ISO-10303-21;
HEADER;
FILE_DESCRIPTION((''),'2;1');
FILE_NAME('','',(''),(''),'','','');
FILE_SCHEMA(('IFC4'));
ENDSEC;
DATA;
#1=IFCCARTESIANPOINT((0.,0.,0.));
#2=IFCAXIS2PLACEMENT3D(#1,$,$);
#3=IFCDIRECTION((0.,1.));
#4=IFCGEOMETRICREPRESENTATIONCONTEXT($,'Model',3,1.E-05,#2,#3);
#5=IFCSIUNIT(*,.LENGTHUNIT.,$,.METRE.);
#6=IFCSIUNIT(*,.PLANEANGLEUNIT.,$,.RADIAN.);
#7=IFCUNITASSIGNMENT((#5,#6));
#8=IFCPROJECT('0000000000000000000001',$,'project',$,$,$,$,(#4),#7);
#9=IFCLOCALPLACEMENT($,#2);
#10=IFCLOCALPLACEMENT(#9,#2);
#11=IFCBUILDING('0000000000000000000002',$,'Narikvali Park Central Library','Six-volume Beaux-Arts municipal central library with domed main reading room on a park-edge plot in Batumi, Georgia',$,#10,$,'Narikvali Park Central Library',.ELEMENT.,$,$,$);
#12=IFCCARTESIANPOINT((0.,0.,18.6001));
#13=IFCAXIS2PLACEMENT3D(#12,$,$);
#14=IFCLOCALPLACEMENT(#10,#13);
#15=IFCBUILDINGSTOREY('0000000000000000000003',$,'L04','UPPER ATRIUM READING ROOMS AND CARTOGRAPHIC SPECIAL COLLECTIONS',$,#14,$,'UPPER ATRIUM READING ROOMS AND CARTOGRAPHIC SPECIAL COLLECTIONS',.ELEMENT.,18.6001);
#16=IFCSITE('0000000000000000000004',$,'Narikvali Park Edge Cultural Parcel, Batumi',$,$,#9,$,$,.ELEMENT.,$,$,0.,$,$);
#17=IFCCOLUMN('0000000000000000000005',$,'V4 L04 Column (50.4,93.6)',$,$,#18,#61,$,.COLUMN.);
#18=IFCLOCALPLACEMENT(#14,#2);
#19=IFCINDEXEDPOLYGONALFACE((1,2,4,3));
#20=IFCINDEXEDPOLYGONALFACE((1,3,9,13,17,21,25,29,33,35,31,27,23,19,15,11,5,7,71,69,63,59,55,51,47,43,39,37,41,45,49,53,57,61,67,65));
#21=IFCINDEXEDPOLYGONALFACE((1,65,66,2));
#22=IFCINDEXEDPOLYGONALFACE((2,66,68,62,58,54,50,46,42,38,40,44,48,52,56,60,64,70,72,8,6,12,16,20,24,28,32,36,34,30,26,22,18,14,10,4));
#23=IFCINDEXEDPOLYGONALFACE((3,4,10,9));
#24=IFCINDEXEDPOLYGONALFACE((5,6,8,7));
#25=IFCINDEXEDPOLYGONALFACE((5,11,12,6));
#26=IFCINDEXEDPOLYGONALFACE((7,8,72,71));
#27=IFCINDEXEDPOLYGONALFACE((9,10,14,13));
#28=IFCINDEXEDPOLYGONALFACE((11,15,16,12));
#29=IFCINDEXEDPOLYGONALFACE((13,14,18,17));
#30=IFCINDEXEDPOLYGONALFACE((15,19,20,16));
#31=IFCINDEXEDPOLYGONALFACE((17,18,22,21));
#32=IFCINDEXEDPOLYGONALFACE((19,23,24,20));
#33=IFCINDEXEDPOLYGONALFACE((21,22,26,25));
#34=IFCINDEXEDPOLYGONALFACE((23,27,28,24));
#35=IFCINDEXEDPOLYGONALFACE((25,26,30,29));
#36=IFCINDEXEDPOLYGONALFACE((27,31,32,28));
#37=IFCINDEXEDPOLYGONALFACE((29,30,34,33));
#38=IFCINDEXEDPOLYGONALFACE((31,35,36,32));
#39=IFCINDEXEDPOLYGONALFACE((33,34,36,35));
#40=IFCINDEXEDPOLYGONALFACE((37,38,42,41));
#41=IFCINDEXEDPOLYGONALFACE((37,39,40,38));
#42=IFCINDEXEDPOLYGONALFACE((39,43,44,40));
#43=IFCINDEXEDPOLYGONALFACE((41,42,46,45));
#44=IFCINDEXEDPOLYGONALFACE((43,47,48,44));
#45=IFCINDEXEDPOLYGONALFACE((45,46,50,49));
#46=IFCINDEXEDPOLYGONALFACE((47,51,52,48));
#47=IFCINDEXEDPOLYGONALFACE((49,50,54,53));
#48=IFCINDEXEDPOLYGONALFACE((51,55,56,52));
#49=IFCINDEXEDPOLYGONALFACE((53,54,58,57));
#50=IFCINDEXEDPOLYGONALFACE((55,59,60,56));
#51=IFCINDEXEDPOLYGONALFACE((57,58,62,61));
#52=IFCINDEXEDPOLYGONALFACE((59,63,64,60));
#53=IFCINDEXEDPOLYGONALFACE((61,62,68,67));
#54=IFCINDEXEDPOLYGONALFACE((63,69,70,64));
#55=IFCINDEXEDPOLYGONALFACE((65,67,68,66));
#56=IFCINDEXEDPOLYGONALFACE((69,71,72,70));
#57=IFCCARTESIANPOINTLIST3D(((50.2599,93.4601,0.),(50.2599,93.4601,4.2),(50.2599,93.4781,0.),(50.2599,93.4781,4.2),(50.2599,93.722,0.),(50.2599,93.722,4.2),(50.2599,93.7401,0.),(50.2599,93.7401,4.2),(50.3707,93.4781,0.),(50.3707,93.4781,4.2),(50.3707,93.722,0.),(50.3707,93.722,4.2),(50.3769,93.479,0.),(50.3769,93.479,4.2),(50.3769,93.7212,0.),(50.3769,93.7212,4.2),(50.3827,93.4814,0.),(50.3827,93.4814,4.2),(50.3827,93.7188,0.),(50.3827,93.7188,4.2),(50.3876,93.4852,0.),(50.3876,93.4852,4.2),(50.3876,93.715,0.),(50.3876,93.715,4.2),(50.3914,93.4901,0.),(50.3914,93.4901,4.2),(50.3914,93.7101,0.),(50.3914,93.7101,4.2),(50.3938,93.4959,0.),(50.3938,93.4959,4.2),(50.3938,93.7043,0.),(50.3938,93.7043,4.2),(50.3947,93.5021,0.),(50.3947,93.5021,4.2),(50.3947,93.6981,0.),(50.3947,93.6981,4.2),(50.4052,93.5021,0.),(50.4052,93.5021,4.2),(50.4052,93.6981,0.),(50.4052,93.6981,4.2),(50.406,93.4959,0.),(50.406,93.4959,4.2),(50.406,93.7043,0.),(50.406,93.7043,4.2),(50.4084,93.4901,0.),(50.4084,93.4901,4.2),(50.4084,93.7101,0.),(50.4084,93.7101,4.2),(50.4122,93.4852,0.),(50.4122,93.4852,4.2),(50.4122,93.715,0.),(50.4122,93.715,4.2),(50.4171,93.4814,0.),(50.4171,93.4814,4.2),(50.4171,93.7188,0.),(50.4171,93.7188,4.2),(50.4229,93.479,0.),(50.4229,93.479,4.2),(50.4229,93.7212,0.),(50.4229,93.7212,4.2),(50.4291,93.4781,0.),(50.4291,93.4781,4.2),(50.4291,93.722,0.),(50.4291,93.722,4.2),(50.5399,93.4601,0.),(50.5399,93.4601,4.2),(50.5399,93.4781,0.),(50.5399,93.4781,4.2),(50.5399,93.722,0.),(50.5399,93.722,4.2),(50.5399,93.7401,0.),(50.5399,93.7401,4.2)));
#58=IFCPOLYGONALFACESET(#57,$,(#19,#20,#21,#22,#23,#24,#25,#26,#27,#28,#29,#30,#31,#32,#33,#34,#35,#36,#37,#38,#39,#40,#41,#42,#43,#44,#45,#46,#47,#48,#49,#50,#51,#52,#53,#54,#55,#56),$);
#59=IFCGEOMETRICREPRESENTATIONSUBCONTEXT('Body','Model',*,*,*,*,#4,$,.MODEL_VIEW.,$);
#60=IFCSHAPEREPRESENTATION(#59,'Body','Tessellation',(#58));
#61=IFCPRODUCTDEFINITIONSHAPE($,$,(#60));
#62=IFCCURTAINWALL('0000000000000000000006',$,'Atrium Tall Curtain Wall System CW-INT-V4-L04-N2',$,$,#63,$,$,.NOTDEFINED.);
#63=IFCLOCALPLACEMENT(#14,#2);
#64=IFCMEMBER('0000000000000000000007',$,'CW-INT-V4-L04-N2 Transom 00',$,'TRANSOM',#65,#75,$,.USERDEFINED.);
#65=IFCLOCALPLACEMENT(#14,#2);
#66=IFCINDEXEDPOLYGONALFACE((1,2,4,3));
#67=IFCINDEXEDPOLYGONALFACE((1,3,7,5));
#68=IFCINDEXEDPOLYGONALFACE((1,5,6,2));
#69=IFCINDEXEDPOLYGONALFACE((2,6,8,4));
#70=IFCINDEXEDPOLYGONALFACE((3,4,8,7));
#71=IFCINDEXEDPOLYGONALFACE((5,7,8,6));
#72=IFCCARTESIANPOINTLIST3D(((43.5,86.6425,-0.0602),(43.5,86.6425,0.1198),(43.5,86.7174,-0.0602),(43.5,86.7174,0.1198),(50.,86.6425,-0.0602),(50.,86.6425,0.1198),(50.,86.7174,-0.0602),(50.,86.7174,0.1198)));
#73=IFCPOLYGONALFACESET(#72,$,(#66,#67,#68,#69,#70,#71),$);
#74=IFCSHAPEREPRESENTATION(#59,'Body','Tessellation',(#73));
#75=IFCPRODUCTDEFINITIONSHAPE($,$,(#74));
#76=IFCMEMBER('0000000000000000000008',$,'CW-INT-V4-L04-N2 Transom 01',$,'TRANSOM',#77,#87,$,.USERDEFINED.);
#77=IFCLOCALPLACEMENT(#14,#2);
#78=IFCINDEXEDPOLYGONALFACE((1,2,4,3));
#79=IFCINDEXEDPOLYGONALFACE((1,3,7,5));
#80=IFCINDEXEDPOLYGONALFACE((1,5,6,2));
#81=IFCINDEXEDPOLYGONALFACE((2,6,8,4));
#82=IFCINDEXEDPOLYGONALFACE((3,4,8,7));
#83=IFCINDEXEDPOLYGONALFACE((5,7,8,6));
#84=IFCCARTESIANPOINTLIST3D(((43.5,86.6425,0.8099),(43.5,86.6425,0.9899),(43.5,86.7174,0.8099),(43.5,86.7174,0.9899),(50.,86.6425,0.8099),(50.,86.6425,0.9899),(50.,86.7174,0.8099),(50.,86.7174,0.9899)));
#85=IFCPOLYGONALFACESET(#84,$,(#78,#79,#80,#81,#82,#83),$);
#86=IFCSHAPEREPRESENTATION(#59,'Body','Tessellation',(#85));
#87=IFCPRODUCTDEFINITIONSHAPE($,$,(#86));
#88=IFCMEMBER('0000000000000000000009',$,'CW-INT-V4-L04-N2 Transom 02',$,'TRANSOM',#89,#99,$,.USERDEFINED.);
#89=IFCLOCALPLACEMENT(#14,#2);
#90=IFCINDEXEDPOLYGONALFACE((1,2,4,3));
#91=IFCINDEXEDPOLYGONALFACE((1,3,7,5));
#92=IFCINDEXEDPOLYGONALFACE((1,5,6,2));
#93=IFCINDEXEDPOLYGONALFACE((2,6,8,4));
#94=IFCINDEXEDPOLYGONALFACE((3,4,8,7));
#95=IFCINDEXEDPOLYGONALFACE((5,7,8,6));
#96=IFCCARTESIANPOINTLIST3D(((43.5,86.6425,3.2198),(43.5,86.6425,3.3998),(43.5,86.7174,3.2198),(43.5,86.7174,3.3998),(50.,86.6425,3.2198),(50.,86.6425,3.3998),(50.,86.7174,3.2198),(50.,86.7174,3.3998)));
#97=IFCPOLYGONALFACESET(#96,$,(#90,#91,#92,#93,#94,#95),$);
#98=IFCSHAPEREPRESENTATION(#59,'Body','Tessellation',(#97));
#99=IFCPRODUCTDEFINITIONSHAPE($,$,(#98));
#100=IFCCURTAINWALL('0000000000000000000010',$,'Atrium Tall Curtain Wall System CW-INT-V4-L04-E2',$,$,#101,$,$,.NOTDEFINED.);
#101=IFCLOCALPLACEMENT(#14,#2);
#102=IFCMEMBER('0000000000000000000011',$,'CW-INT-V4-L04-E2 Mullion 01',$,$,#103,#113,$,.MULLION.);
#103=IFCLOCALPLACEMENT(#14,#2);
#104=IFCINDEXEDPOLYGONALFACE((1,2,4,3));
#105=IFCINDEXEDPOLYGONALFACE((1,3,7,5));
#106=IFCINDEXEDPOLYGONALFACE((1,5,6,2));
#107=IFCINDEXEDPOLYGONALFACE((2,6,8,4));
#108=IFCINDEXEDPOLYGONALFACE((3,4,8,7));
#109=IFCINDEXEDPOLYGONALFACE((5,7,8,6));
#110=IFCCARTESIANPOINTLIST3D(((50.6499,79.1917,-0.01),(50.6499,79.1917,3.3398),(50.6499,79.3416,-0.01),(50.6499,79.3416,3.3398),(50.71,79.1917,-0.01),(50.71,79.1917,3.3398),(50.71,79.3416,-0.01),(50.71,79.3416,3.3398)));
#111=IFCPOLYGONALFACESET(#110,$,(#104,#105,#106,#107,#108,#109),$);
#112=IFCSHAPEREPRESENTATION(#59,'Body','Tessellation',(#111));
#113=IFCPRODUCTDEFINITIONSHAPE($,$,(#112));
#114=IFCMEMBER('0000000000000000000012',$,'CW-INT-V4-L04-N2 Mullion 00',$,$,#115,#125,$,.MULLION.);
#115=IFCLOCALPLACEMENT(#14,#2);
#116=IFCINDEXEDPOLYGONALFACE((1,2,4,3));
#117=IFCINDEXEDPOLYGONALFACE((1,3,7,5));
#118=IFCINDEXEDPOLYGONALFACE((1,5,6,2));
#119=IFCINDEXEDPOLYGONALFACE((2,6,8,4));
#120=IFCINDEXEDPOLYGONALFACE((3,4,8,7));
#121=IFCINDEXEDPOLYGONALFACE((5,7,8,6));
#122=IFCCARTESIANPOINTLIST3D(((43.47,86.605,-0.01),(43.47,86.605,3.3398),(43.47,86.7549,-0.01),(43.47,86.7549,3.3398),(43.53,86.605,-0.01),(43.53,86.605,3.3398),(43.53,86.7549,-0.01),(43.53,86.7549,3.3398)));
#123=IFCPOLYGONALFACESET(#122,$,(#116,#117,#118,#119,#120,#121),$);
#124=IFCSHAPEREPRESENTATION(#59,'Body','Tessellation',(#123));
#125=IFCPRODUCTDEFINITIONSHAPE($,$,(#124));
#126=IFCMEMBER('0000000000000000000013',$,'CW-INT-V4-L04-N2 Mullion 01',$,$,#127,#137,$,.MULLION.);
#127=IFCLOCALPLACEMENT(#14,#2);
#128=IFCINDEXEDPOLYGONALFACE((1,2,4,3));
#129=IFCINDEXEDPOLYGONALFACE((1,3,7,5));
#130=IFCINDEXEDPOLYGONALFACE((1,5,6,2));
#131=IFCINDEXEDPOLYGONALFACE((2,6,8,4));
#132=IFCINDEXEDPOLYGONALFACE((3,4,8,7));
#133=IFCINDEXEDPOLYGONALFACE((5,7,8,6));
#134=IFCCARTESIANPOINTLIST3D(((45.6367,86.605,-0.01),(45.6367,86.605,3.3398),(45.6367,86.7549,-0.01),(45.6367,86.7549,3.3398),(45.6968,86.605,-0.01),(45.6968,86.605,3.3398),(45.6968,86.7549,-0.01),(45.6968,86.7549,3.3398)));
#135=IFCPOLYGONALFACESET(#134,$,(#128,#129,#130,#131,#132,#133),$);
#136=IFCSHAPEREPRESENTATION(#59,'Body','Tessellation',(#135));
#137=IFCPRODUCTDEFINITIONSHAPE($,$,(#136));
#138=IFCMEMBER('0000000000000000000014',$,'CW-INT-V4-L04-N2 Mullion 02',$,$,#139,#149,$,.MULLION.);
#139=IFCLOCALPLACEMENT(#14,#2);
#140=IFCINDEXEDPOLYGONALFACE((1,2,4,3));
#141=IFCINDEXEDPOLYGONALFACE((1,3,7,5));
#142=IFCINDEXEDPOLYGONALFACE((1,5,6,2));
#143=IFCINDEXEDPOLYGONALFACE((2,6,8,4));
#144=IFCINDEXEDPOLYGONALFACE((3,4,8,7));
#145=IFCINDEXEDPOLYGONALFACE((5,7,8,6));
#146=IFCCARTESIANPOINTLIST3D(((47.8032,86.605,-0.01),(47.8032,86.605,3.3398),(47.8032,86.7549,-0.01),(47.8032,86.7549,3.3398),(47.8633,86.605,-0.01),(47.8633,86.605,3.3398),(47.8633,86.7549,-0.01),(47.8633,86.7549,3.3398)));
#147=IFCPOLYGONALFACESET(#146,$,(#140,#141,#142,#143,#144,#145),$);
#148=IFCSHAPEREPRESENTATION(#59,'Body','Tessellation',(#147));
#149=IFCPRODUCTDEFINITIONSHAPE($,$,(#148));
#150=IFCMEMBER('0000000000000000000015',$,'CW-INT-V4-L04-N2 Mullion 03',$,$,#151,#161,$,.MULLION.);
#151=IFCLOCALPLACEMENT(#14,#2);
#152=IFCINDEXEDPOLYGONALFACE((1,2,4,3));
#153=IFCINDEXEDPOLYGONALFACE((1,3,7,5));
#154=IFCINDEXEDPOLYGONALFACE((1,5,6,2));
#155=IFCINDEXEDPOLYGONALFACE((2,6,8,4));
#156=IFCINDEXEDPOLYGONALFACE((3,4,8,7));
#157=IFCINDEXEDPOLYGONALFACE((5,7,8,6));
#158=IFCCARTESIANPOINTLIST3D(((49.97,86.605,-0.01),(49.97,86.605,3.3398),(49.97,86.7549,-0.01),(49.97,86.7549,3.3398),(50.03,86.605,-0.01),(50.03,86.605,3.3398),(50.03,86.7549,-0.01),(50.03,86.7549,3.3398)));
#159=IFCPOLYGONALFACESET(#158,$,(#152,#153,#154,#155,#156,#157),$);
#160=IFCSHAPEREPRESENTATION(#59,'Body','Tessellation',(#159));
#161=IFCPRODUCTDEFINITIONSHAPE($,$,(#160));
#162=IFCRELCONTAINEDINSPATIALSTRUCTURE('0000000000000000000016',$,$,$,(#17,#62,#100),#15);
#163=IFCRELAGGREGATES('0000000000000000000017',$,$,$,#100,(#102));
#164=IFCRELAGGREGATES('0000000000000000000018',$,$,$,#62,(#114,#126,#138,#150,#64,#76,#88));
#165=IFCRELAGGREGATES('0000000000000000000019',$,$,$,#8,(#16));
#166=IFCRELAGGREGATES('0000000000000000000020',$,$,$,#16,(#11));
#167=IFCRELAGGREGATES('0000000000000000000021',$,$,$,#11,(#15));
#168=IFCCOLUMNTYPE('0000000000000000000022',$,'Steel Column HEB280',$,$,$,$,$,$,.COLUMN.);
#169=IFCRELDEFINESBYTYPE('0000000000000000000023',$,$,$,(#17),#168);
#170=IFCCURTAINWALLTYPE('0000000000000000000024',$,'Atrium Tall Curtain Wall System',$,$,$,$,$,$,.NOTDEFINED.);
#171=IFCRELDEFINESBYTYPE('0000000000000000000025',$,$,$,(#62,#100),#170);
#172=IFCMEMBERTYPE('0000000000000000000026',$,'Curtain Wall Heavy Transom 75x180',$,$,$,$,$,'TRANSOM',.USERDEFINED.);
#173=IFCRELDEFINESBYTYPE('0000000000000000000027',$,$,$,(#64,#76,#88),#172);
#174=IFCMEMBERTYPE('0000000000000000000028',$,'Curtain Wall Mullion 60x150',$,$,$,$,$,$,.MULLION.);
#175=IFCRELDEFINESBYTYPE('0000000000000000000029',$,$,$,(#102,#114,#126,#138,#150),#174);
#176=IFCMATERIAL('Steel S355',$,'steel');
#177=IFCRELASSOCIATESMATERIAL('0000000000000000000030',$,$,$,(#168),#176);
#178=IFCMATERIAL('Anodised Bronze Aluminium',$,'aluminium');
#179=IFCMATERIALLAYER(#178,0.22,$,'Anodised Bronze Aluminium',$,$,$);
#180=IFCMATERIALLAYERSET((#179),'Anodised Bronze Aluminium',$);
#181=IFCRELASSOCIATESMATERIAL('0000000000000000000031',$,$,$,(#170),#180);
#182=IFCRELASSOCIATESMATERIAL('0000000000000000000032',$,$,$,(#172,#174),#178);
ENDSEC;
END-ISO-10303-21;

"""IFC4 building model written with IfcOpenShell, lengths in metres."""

from ifc_helpers import new_model, si_unit, direction, frame, origin, origin_2d, place, context, subcontext, project, spatial, rectangle, i_section, extrude, material, layer, layer_set, material_profile, profile_set, type_object, element, aggregate, save


model = new_model("IFC4")

# Units and contexts
model_context = context("Model", 3, precision=1e-05, world=origin(), true_north=direction((0.0, 1.0)))
body_context = subcontext(model_context, "Body", "Model", "MODEL_VIEW")
ifc_project = project(units=[si_unit("LENGTHUNIT", "METRE"), si_unit("PLANEANGLEUNIT", "RADIAN")], contexts=[model_context])

# Site, building, storey
site_placement = place(None, origin())
site = spatial("IfcSite", under=ifc_project, at=site_placement, Name="Narikvali Park Edge Cultural Parcel, Batumi", CompositionType="ELEMENT", RefElevation=0.0)
building_placement = place(site_placement, origin())
building = spatial("IfcBuilding", under=site, at=building_placement, Name="Narikvali Park Central Library", Description="Six-volume Beaux-Arts municipal central library with domed main reading room on a park-edge plot in Batumi, Georgia", LongName="Narikvali Park Central Library", CompositionType="ELEMENT")
storey_placement = place(building_placement, frame((0.0, 0.0, 18.6001)))
storey = spatial("IfcBuildingStorey", under=building, at=storey_placement, Name="L04", Description="UPPER ATRIUM READING ROOMS AND CARTOGRAPHIC SPECIAL COLLECTIONS", LongName="UPPER ATRIUM READING ROOMS AND CARTOGRAPHIC SPECIAL COLLECTIONS", CompositionType="ELEMENT", Elevation=18.6001)

# Column
ifc_material_1 = material(Name="Steel S355", Category="steel")
ifc_material_profile_1 = material_profile(ifc_material_1, i_section(OverallWidth=0.28, OverallDepth=0.28, WebThickness=0.0105, FlangeThickness=0.0181, FilletRadius=0.0239, at=origin_2d()), Name="HEB 280")
ifc_profile_set_1 = profile_set([ifc_material_profile_1], Name="Steel S355")
column_type = type_object("IfcColumnType", Name="Steel Column HEB280", PredefinedType="COLUMN", material=ifc_profile_set_1)
for number, where, z_axis, x_axis, name in (
    (1, (50.3999, 93.6001, 0.0), (0.0, 0.0, 1.0), (1.0, 0.0, 0.0), "V4 L04 Column (50.4,93.6)"),
):
    element("IfcColumn", number, at=place(storey_placement, frame(where, z_axis=z_axis, x_axis=x_axis)), inside=storey, type_object=column_type, Name=name, PredefinedType="COLUMN", context=body_context, shape_type="SweptSolid", body=[
        extrude(i_section(OverallWidth=0.28, OverallDepth=0.28, WebThickness=0.0105, FlangeThickness=0.0181, FilletRadius=0.0239, at=origin_2d()), origin(), (0.0, 0.0, 1.0), 4.2),
    ])

# Curtain wall, members
ifc_material_2 = material(Name="Anodised Bronze Aluminium", Category="aluminium")
ifc_layer_1 = layer(ifc_material_2, 0.22, Name="Anodised Bronze Aluminium")
ifc_layer_set_1 = layer_set([ifc_layer_1], Name="Anodised Bronze Aluminium")
curtain_wall_type = type_object("IfcCurtainWallType", Name="Atrium Tall Curtain Wall System", PredefinedType="NOTDEFINED", material=ifc_layer_set_1)
curtain_wall_1_placement = place(storey_placement, origin())
curtain_wall_1 = element("IfcCurtainWall", 2, at=curtain_wall_1_placement, inside=storey, type_object=curtain_wall_type, Name="Atrium Tall Curtain Wall System CW-INT-V4-L04-N2", PredefinedType="NOTDEFINED")
ifc_material_profile_2 = material_profile(ifc_material_2, rectangle(XDim=0.075, YDim=0.1799, at=origin_2d()), Name="CW TRANSOM 75x180")
ifc_profile_set_2 = profile_set([ifc_material_profile_2], Name="Anodised Bronze Aluminium")
member_type_1 = type_object("IfcMemberType", Name="Curtain Wall Heavy Transom 75x180", ElementType="TRANSOM", PredefinedType="USERDEFINED", material=ifc_profile_set_2)
member_1_placement = place(storey_placement, frame((43.5, 86.6799, 0.0298), z_axis=(1.0, 0.0, 0.0), x_axis=(0.0, 1.0, 0.0)))
member_1 = element("IfcMember", 3, at=member_1_placement, type_object=member_type_1, Name="CW-INT-V4-L04-N2 Transom 00", ObjectType="TRANSOM", PredefinedType="USERDEFINED", context=body_context, shape_type="SweptSolid", body=[
    extrude(rectangle(XDim=0.075, YDim=0.1799, at=origin_2d()), origin(), (0.0, 0.0, 1.0), 6.5),
])
member_2_placement = place(storey_placement, frame((43.5, 86.6799, 0.8999), z_axis=(1.0, 0.0, 0.0), x_axis=(0.0, 1.0, 0.0)))
member_2 = element("IfcMember", 4, at=member_2_placement, type_object=member_type_1, Name="CW-INT-V4-L04-N2 Transom 01", ObjectType="TRANSOM", PredefinedType="USERDEFINED", context=body_context, shape_type="SweptSolid", body=[
    extrude(rectangle(XDim=0.075, YDim=0.1799, at=origin_2d()), origin(), (0.0, 0.0, 1.0), 6.5),
])
member_3_placement = place(storey_placement, frame((43.5, 86.6799, 3.3098), z_axis=(1.0, 0.0, 0.0), x_axis=(0.0, 1.0, 0.0)))
member_3 = element("IfcMember", 5, at=member_3_placement, type_object=member_type_1, Name="CW-INT-V4-L04-N2 Transom 02", ObjectType="TRANSOM", PredefinedType="USERDEFINED", context=body_context, shape_type="SweptSolid", body=[
    extrude(rectangle(XDim=0.075, YDim=0.1799, at=origin_2d()), origin(), (0.0, 0.0, 1.0), 6.5),
])

# Curtain wall, member
curtain_wall_2_placement = place(storey_placement, origin())
curtain_wall_2 = element("IfcCurtainWall", 6, at=curtain_wall_2_placement, inside=storey, type_object=curtain_wall_type, Name="Atrium Tall Curtain Wall System CW-INT-V4-L04-E2", PredefinedType="NOTDEFINED")
ifc_material_profile_3 = material_profile(ifc_material_2, rectangle(XDim=0.0601, YDim=0.1499, at=origin_2d()), Name="CW MULLION 60x150")
ifc_profile_set_3 = profile_set([ifc_material_profile_3], Name="Anodised Bronze Aluminium")
member_type_2 = type_object("IfcMemberType", Name="Curtain Wall Mullion 60x150", PredefinedType="MULLION", material=ifc_profile_set_3)
member_4_placement = place(storey_placement, frame((50.6799, 79.2666, -0.01), z_axis=(0.0, 0.0, 1.0), x_axis=(1.0, 0.0, 0.0)))
member_4 = element("IfcMember", 7, at=member_4_placement, type_object=member_type_2, Name="CW-INT-V4-L04-E2 Mullion 01", PredefinedType="MULLION", context=body_context, shape_type="SweptSolid", body=[
    extrude(rectangle(XDim=0.0601, YDim=0.1499, at=origin_2d()), origin(), (0.0, 0.0, 1.0), 3.3499),
])
aggregate(curtain_wall_2, [member_4])

# Members
member_5_placement = place(storey_placement, frame((43.5, 86.6799, -0.01), z_axis=(0.0, 0.0, 1.0), x_axis=(1.0, 0.0, 0.0)))
member_5 = element("IfcMember", 8, at=member_5_placement, type_object=member_type_2, Name="CW-INT-V4-L04-N2 Mullion 00", PredefinedType="MULLION", context=body_context, shape_type="SweptSolid", body=[
    extrude(rectangle(XDim=0.0601, YDim=0.1499, at=origin_2d()), origin(), (0.0, 0.0, 1.0), 3.3499),
])
member_6_placement = place(storey_placement, frame((45.6667, 86.6799, -0.01), z_axis=(0.0, 0.0, 1.0), x_axis=(1.0, 0.0, 0.0)))
member_6 = element("IfcMember", 9, at=member_6_placement, type_object=member_type_2, Name="CW-INT-V4-L04-N2 Mullion 01", PredefinedType="MULLION", context=body_context, shape_type="SweptSolid", body=[
    extrude(rectangle(XDim=0.0601, YDim=0.1499, at=origin_2d()), origin(), (0.0, 0.0, 1.0), 3.3499),
])
member_7_placement = place(storey_placement, frame((47.8333, 86.6799, -0.01), z_axis=(0.0, 0.0, 1.0), x_axis=(1.0, 0.0, 0.0)))
member_7 = element("IfcMember", 10, at=member_7_placement, type_object=member_type_2, Name="CW-INT-V4-L04-N2 Mullion 02", PredefinedType="MULLION", context=body_context, shape_type="SweptSolid", body=[
    extrude(rectangle(XDim=0.0601, YDim=0.1499, at=origin_2d()), origin(), (0.0, 0.0, 1.0), 3.3499),
])
member_8_placement = place(storey_placement, frame((50.0, 86.6799, -0.01), z_axis=(0.0, 0.0, 1.0), x_axis=(1.0, 0.0, 0.0)))
member_8 = element("IfcMember", 11, at=member_8_placement, type_object=member_type_2, Name="CW-INT-V4-L04-N2 Mullion 03", PredefinedType="MULLION", context=body_context, shape_type="SweptSolid", body=[
    extrude(rectangle(XDim=0.0601, YDim=0.1499, at=origin_2d()), origin(), (0.0, 0.0, 1.0), 3.3499),
])

aggregate(curtain_wall_1, [member_5, member_6, member_7, member_8, member_1, member_2, member_3])

save(model, "model.ifc")
